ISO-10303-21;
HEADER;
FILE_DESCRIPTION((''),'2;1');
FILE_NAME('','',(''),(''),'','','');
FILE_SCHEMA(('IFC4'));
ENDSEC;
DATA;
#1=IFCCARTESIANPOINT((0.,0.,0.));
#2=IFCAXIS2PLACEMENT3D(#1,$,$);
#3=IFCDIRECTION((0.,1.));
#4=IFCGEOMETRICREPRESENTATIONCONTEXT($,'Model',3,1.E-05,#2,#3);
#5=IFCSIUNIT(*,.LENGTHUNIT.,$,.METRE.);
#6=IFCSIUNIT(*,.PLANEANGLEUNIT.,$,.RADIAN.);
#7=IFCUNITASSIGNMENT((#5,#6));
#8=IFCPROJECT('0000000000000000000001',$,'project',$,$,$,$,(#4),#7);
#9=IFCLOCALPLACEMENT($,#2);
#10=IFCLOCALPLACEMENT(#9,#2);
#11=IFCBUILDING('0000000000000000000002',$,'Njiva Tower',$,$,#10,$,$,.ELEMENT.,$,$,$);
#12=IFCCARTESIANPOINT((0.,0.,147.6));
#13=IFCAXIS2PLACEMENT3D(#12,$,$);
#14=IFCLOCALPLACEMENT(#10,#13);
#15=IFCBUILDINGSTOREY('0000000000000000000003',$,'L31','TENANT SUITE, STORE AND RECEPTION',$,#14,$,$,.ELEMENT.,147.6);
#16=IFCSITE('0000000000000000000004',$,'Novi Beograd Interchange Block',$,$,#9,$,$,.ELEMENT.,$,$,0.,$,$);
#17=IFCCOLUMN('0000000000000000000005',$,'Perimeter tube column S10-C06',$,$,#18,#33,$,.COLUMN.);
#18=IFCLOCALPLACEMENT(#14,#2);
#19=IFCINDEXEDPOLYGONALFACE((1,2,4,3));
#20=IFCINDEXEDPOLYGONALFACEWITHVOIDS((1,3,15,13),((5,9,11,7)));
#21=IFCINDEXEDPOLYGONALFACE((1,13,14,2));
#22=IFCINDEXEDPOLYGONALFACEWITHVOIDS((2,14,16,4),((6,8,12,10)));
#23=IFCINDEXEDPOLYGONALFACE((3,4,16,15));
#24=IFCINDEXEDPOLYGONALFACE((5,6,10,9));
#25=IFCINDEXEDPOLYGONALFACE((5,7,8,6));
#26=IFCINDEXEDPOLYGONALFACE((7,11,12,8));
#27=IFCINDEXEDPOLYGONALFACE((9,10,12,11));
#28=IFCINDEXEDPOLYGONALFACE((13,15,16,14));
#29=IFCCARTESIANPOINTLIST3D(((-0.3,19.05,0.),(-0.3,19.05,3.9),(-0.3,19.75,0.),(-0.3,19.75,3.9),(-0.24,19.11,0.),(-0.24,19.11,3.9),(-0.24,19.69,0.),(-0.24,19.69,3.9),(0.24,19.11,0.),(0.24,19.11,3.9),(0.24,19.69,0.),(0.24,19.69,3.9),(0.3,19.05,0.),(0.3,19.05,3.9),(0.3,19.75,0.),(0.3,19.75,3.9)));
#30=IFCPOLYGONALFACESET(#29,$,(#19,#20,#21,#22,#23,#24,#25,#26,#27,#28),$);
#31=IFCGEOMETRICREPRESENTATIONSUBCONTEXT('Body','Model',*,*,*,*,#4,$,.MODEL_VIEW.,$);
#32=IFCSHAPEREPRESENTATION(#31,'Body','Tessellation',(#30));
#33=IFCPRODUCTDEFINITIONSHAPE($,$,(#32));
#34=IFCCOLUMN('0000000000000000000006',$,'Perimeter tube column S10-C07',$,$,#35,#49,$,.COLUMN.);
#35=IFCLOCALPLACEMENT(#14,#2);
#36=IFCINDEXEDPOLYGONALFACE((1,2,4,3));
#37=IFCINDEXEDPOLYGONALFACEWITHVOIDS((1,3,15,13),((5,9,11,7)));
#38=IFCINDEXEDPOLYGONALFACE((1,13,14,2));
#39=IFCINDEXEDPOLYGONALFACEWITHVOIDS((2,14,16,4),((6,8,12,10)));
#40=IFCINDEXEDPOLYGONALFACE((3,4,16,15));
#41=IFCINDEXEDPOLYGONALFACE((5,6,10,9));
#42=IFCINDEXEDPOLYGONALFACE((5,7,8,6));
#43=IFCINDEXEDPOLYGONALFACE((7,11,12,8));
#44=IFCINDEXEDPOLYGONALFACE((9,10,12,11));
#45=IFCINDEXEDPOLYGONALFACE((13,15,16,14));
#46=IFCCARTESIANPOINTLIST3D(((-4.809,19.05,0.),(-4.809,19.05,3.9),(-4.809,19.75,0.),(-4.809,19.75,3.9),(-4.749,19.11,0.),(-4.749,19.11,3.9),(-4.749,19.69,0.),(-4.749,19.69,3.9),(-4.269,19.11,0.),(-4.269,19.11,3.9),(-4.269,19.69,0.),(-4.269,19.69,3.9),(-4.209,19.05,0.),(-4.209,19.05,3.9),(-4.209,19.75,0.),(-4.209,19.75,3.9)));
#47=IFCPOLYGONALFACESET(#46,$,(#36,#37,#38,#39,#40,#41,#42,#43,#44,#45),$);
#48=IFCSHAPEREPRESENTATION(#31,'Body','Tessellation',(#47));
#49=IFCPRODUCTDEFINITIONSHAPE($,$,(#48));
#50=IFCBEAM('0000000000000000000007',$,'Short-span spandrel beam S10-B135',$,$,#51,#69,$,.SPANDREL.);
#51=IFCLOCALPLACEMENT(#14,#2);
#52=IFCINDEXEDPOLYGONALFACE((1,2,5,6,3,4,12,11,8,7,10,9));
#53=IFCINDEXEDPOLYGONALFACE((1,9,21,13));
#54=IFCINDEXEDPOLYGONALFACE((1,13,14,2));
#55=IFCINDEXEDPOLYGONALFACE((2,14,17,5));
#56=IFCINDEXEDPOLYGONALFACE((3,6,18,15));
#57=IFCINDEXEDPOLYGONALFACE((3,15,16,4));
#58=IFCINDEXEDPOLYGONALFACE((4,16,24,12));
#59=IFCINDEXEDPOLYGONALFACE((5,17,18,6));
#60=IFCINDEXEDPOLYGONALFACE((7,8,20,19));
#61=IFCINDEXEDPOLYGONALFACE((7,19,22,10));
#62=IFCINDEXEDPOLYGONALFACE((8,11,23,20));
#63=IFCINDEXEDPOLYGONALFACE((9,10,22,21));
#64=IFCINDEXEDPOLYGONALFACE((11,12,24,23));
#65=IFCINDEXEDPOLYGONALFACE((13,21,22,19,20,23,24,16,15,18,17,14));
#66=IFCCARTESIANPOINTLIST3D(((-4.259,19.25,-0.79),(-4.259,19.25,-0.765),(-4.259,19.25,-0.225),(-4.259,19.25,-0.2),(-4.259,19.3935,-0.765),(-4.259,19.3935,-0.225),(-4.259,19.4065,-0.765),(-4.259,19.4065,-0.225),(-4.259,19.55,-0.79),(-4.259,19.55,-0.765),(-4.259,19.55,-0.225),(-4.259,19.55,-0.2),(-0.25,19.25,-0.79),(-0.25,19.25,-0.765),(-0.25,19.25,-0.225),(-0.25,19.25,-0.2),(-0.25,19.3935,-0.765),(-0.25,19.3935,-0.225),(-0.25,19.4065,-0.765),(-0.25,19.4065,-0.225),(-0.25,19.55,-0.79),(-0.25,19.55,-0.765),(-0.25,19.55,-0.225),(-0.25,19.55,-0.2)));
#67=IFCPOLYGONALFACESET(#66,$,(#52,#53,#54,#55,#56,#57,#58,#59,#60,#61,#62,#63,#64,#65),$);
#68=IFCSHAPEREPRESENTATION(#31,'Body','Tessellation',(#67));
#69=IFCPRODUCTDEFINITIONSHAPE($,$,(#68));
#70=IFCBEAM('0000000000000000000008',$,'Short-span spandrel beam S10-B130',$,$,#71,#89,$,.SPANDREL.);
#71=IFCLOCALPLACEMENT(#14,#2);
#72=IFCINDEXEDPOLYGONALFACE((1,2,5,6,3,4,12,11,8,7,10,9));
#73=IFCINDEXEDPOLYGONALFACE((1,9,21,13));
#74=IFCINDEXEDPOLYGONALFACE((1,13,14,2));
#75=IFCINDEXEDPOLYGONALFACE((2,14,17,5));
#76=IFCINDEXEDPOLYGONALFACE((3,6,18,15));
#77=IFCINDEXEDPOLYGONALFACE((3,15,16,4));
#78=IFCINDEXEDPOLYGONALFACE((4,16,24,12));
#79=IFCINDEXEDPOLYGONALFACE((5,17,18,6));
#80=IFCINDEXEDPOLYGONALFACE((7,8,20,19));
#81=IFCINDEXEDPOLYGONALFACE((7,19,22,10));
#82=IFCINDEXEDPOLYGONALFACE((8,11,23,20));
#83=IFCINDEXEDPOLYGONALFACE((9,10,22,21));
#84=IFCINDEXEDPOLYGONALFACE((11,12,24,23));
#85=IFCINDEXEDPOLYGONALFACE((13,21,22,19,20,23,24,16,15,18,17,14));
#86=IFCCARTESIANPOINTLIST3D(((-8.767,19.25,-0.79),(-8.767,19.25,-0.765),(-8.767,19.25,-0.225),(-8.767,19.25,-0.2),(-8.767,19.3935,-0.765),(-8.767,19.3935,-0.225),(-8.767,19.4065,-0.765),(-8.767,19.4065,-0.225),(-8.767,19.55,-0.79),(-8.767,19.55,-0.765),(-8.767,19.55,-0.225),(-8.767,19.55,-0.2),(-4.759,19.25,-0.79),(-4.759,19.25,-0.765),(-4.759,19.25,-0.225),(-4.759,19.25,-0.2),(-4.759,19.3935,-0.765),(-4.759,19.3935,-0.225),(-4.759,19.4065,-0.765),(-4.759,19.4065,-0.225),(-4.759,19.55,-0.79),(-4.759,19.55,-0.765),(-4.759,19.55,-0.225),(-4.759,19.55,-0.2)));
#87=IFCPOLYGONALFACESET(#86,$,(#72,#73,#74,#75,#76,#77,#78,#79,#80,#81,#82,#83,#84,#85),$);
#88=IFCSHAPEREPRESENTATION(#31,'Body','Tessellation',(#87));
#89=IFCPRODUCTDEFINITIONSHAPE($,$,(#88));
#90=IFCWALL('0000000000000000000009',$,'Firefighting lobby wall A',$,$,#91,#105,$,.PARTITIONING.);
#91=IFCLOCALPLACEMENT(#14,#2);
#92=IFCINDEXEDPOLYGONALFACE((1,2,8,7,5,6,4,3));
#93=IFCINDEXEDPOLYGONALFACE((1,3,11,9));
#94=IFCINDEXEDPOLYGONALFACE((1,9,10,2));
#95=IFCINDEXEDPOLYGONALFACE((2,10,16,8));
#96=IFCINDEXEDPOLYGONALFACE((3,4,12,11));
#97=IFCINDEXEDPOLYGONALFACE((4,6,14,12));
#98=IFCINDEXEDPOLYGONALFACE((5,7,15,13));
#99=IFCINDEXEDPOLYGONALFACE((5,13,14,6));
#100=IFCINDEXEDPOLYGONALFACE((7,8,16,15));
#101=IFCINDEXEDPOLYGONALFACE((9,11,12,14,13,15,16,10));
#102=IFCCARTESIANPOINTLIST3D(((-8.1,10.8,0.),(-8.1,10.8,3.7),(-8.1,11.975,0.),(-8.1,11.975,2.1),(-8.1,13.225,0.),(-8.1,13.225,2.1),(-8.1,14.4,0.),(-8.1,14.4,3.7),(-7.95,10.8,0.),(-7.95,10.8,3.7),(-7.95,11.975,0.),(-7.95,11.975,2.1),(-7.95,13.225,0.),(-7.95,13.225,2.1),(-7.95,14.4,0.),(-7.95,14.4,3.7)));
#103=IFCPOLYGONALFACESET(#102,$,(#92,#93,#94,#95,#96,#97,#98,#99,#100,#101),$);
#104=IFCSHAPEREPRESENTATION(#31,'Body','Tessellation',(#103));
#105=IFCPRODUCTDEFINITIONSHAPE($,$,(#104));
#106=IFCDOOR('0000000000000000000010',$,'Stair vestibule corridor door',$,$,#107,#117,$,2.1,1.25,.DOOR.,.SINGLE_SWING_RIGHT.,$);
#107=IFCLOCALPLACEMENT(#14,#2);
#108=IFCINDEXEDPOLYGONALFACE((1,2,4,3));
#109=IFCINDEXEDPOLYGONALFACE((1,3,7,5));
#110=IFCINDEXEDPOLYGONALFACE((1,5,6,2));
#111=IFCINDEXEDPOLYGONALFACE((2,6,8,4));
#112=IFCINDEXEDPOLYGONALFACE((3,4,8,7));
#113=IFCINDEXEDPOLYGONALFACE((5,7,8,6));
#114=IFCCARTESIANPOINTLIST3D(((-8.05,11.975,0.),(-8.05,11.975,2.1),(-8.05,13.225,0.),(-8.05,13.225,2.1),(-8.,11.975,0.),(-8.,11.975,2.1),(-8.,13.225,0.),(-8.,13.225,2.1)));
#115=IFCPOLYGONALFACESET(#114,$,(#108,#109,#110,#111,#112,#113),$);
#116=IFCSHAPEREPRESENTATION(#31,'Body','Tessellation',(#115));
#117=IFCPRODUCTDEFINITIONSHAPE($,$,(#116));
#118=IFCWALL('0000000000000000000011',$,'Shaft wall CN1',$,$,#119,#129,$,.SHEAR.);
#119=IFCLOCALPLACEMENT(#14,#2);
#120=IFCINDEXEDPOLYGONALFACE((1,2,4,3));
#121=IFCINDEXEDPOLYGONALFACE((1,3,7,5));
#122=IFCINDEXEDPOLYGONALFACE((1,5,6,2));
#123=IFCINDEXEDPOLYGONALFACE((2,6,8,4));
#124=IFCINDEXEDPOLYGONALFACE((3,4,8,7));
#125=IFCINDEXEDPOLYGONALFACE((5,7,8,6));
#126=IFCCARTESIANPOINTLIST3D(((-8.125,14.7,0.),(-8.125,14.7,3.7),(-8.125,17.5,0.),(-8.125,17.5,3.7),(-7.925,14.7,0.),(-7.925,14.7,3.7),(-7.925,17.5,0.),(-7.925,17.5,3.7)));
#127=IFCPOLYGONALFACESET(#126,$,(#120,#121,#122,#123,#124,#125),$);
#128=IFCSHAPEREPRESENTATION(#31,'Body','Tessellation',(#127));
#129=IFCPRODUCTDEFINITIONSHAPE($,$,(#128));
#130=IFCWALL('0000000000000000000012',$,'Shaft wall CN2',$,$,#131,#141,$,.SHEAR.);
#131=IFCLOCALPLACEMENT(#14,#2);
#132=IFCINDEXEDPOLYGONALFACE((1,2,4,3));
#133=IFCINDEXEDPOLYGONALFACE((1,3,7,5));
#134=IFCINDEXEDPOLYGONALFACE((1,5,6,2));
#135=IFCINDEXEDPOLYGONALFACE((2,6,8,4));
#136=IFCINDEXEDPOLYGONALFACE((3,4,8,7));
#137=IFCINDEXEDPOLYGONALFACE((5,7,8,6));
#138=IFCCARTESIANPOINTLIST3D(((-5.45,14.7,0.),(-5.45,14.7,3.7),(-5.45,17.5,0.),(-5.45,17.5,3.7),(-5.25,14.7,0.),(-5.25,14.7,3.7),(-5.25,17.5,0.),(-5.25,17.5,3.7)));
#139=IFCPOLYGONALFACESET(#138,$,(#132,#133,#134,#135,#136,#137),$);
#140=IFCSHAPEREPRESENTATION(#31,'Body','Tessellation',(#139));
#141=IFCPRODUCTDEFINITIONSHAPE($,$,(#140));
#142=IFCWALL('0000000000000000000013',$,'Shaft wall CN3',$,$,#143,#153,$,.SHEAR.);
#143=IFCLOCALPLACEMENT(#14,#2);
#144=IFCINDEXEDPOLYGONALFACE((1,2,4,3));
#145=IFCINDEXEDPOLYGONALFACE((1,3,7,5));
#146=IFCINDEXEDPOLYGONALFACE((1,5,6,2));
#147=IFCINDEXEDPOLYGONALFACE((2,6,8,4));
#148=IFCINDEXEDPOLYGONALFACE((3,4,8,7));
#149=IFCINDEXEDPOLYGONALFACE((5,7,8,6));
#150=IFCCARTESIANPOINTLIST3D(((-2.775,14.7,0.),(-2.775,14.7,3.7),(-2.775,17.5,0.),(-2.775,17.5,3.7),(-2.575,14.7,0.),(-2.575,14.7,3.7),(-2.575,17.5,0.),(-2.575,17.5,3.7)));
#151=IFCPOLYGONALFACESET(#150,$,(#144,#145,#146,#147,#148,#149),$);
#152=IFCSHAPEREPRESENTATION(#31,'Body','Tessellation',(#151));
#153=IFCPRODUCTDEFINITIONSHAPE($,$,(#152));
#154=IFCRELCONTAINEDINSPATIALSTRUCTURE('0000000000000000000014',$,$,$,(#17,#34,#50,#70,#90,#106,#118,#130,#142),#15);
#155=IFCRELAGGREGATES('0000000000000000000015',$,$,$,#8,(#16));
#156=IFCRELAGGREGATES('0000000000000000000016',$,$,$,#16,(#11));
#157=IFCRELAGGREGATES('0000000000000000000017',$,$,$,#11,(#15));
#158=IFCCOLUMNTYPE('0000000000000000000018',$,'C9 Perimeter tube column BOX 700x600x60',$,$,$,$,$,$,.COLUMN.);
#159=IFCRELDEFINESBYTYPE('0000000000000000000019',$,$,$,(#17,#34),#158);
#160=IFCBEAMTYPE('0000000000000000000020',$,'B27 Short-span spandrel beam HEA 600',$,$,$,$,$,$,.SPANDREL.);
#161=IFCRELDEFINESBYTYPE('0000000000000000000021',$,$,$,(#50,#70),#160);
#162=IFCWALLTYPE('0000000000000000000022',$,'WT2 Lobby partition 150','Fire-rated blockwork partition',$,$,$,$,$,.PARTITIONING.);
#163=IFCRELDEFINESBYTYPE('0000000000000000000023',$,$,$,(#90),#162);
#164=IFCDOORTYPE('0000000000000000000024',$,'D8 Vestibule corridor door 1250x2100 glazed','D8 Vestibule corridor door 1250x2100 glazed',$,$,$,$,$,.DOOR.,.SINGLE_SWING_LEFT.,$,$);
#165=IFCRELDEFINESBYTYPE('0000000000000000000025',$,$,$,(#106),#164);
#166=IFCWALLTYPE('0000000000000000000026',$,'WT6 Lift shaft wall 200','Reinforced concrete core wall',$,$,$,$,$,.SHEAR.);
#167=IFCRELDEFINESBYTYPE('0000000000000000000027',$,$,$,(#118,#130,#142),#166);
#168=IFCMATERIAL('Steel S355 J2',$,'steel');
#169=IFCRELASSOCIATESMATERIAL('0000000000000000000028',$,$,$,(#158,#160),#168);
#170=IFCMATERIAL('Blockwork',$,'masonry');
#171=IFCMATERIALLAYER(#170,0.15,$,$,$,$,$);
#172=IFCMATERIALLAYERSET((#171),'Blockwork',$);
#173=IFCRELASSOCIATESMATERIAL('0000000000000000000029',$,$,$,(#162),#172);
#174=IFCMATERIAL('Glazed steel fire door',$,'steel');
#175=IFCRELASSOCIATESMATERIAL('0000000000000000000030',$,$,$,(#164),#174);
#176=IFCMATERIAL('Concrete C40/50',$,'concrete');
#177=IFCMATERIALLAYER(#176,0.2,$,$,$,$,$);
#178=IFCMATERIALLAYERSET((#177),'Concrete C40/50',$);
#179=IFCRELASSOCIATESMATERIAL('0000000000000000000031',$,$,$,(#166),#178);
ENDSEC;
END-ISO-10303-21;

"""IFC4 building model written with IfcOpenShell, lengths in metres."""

from ifc_helpers import new_model, si_unit, direction, frame, frame_2d, origin, origin_2d, place, context, subcontext, project, spatial, rectangle, hollow_rectangle, i_section, extrude, material, layer, layer_set, material_profile, profile_set, type_object, element, fill, save


model = new_model("IFC4")

# Units and contexts
model_context = context("Model", 3, precision=1e-05, world=origin(), true_north=direction((0.0, 1.0)))
body_context = subcontext(model_context, "Body", "Model", "MODEL_VIEW")
ifc_project = project(units=[si_unit("LENGTHUNIT", "METRE"), si_unit("PLANEANGLEUNIT", "RADIAN")], contexts=[model_context])

# Site, building, storey
site_placement = place(None, origin())
site = spatial("IfcSite", under=ifc_project, at=site_placement, Name="Novi Beograd Interchange Block", CompositionType="ELEMENT", RefElevation=0.0)
building_placement = place(site_placement, origin())
building = spatial("IfcBuilding", under=site, at=building_placement, Name="Njiva Tower", CompositionType="ELEMENT")
storey_placement = place(building_placement, frame((0.0, 0.0, 147.6)))
storey = spatial("IfcBuildingStorey", under=building, at=storey_placement, Name="L31", Description="TENANT SUITE, STORE AND RECEPTION", CompositionType="ELEMENT", Elevation=147.6)

# Columns
ifc_material_1 = material(Name="Steel S355 J2", Category="steel")
ifc_material_profile_1 = material_profile(ifc_material_1, hollow_rectangle(XDim=0.6, YDim=0.7, WallThickness=0.06, at=origin_2d()), Name="BOX 700x600x60")
ifc_profile_set_1 = profile_set([ifc_material_profile_1], Name="Steel S355 J2")
column_type = type_object("IfcColumnType", Name="C9 Perimeter tube column BOX 700x600x60", PredefinedType="COLUMN", material=ifc_profile_set_1)
for number, where, z_axis, x_axis, name in (
    (1, (0.0, 19.4, 0.0), (0.0, 0.0, 1.0), (-1.0, 0.0, 0.0), "Perimeter tube column S10-C06"),
    (2, (-4.509, 19.4, 0.0), (0.0, 0.0, 1.0), (-1.0, 0.0, 0.0), "Perimeter tube column S10-C07"),
):
    element("IfcColumn", number, at=place(storey_placement, frame(where, z_axis=z_axis, x_axis=x_axis)), inside=storey, type_object=column_type, Name=name, PredefinedType="COLUMN", context=body_context, shape_type="SweptSolid", body=[
        extrude(hollow_rectangle(XDim=0.6, YDim=0.7, WallThickness=0.06, at=origin_2d()), origin(), (0.0, 0.0, 1.0), 3.9),
    ])

# Beams
ifc_material_profile_2 = material_profile(ifc_material_1, i_section(OverallWidth=0.3, OverallDepth=0.59, WebThickness=0.013, FlangeThickness=0.025, at=origin_2d()), Name="HEA 600")
ifc_profile_set_2 = profile_set([ifc_material_profile_2], Name="Steel S355 J2")
beam_type = type_object("IfcBeamType", Name="B27 Short-span spandrel beam HEA 600", PredefinedType="SPANDREL", material=ifc_profile_set_2)
beam_1_placement = place(storey_placement, frame((-0.25, 19.4, -0.495), z_axis=(-1.0, 0.0, 0.0), x_axis=(0.0, -1.0, 0.0)))
element("IfcBeam", 3, at=beam_1_placement, inside=storey, type_object=beam_type, Name="Short-span spandrel beam S10-B135", PredefinedType="SPANDREL", context=body_context, shape_type="SweptSolid", body=[
    extrude(i_section(OverallWidth=0.3, OverallDepth=0.59, WebThickness=0.013, FlangeThickness=0.025, at=origin_2d()), origin(), (0.0, 0.0, 1.0), 4.009),
])
beam_2_placement = place(storey_placement, frame((-4.759, 19.4, -0.495), z_axis=(-1.0, 0.0, 0.0), x_axis=(0.0, -1.0, 0.0)))
element("IfcBeam", 4, at=beam_2_placement, inside=storey, type_object=beam_type, Name="Short-span spandrel beam S10-B130", PredefinedType="SPANDREL", context=body_context, shape_type="SweptSolid", body=[
    extrude(i_section(OverallWidth=0.3, OverallDepth=0.59, WebThickness=0.013, FlangeThickness=0.025, at=origin_2d()), origin(), (0.0, 0.0, 1.0), 4.008),
])

# Wall, opening, door
ifc_material_2 = material(Name="Blockwork", Category="masonry")
ifc_layer_1 = layer(ifc_material_2, 0.15)
ifc_layer_set_1 = layer_set([ifc_layer_1], Name="Blockwork")
wall_type_1 = type_object("IfcWallType", Name="WT2 Lobby partition 150", Description="Fire-rated blockwork partition", PredefinedType="PARTITIONING", material=ifc_layer_set_1)
wall_placement = place(storey_placement, frame((-8.025, 10.8, 0.0), z_axis=(0.0, 0.0, 1.0), x_axis=(0.0, 1.0, 0.0)))
wall = element("IfcWall", 5, at=wall_placement, inside=storey, type_object=wall_type_1, Name="Firefighting lobby wall A", PredefinedType="PARTITIONING", context=body_context, shape_type="SweptSolid", body=[
    extrude(rectangle(XDim=3.6, YDim=0.15, at=frame_2d((1.8, 0.0))), origin(), (0.0, 0.0, 1.0), 3.7),
])
opening_placement = place(wall_placement, frame((1.175, 0.0, 0.0)))
opening = element("IfcOpeningElement", 6, at=opening_placement, cuts=wall, PredefinedType="OPENING", context=body_context, shape_type="SweptSolid", body=[
    extrude(rectangle(XDim=1.25, YDim=2.1, at=frame_2d((0.625, 1.05))), frame((0.0, 0.085, 0.0), z_axis=(0.0, -1.0, 0.0), x_axis=(1.0, 0.0, 0.0)), (0.0, 0.0, 1.0), 0.17),
])
ifc_material_3 = material(Name="Glazed steel fire door", Category="steel")
door_type = type_object("IfcDoorType", Name="D8 Vestibule corridor door 1250x2100 glazed", Description="D8 Vestibule corridor door 1250x2100 glazed", OperationType="SINGLE_SWING_LEFT", PredefinedType="DOOR", material=ifc_material_3)
door_placement = place(opening_placement, origin())
door = element("IfcDoor", 7, at=door_placement, inside=storey, type_object=door_type, Name="Stair vestibule corridor door", OperationType="SINGLE_SWING_RIGHT", OverallHeight=2.1, OverallWidth=1.25, PredefinedType="DOOR", context=body_context, shape_type="SweptSolid", body=[
    extrude(rectangle(XDim=1.25, YDim=2.1, at=frame_2d((0.625, 1.05))), frame((0.0, 0.025, 0.0), z_axis=(0.0, -1.0, 0.0), x_axis=(1.0, 0.0, 0.0)), (0.0, 0.0, 1.0), 0.05),
])
fill(opening, door)

# Walls
ifc_material_4 = material(Name="Concrete C40/50", Category="concrete")
ifc_layer_2 = layer(ifc_material_4, 0.2)
ifc_layer_set_2 = layer_set([ifc_layer_2], Name="Concrete C40/50")
wall_type_2 = type_object("IfcWallType", Name="WT6 Lift shaft wall 200", Description="Reinforced concrete core wall", PredefinedType="SHEAR", material=ifc_layer_set_2)
for number, where, z_axis, x_axis, name in (
    (8, (-8.025, 14.7, 0.0), (0.0, 0.0, 1.0), (0.0, 1.0, 0.0), "Shaft wall CN1"),
    (9, (-5.35, 14.7, 0.0), (0.0, 0.0, 1.0), (0.0, 1.0, 0.0), "Shaft wall CN2"),
    (10, (-2.675, 14.7, 0.0), (0.0, 0.0, 1.0), (0.0, 1.0, 0.0), "Shaft wall CN3"),
):
    element("IfcWall", number, at=place(storey_placement, frame(where, z_axis=z_axis, x_axis=x_axis)), inside=storey, type_object=wall_type_2, Name=name, PredefinedType="SHEAR", context=body_context, shape_type="SweptSolid", body=[
        extrude(rectangle(XDim=2.8, YDim=0.2, at=frame_2d((1.4, 0.0))), origin(), (0.0, 0.0, 1.0), 3.7),
    ])

save(model, "model.ifc")
